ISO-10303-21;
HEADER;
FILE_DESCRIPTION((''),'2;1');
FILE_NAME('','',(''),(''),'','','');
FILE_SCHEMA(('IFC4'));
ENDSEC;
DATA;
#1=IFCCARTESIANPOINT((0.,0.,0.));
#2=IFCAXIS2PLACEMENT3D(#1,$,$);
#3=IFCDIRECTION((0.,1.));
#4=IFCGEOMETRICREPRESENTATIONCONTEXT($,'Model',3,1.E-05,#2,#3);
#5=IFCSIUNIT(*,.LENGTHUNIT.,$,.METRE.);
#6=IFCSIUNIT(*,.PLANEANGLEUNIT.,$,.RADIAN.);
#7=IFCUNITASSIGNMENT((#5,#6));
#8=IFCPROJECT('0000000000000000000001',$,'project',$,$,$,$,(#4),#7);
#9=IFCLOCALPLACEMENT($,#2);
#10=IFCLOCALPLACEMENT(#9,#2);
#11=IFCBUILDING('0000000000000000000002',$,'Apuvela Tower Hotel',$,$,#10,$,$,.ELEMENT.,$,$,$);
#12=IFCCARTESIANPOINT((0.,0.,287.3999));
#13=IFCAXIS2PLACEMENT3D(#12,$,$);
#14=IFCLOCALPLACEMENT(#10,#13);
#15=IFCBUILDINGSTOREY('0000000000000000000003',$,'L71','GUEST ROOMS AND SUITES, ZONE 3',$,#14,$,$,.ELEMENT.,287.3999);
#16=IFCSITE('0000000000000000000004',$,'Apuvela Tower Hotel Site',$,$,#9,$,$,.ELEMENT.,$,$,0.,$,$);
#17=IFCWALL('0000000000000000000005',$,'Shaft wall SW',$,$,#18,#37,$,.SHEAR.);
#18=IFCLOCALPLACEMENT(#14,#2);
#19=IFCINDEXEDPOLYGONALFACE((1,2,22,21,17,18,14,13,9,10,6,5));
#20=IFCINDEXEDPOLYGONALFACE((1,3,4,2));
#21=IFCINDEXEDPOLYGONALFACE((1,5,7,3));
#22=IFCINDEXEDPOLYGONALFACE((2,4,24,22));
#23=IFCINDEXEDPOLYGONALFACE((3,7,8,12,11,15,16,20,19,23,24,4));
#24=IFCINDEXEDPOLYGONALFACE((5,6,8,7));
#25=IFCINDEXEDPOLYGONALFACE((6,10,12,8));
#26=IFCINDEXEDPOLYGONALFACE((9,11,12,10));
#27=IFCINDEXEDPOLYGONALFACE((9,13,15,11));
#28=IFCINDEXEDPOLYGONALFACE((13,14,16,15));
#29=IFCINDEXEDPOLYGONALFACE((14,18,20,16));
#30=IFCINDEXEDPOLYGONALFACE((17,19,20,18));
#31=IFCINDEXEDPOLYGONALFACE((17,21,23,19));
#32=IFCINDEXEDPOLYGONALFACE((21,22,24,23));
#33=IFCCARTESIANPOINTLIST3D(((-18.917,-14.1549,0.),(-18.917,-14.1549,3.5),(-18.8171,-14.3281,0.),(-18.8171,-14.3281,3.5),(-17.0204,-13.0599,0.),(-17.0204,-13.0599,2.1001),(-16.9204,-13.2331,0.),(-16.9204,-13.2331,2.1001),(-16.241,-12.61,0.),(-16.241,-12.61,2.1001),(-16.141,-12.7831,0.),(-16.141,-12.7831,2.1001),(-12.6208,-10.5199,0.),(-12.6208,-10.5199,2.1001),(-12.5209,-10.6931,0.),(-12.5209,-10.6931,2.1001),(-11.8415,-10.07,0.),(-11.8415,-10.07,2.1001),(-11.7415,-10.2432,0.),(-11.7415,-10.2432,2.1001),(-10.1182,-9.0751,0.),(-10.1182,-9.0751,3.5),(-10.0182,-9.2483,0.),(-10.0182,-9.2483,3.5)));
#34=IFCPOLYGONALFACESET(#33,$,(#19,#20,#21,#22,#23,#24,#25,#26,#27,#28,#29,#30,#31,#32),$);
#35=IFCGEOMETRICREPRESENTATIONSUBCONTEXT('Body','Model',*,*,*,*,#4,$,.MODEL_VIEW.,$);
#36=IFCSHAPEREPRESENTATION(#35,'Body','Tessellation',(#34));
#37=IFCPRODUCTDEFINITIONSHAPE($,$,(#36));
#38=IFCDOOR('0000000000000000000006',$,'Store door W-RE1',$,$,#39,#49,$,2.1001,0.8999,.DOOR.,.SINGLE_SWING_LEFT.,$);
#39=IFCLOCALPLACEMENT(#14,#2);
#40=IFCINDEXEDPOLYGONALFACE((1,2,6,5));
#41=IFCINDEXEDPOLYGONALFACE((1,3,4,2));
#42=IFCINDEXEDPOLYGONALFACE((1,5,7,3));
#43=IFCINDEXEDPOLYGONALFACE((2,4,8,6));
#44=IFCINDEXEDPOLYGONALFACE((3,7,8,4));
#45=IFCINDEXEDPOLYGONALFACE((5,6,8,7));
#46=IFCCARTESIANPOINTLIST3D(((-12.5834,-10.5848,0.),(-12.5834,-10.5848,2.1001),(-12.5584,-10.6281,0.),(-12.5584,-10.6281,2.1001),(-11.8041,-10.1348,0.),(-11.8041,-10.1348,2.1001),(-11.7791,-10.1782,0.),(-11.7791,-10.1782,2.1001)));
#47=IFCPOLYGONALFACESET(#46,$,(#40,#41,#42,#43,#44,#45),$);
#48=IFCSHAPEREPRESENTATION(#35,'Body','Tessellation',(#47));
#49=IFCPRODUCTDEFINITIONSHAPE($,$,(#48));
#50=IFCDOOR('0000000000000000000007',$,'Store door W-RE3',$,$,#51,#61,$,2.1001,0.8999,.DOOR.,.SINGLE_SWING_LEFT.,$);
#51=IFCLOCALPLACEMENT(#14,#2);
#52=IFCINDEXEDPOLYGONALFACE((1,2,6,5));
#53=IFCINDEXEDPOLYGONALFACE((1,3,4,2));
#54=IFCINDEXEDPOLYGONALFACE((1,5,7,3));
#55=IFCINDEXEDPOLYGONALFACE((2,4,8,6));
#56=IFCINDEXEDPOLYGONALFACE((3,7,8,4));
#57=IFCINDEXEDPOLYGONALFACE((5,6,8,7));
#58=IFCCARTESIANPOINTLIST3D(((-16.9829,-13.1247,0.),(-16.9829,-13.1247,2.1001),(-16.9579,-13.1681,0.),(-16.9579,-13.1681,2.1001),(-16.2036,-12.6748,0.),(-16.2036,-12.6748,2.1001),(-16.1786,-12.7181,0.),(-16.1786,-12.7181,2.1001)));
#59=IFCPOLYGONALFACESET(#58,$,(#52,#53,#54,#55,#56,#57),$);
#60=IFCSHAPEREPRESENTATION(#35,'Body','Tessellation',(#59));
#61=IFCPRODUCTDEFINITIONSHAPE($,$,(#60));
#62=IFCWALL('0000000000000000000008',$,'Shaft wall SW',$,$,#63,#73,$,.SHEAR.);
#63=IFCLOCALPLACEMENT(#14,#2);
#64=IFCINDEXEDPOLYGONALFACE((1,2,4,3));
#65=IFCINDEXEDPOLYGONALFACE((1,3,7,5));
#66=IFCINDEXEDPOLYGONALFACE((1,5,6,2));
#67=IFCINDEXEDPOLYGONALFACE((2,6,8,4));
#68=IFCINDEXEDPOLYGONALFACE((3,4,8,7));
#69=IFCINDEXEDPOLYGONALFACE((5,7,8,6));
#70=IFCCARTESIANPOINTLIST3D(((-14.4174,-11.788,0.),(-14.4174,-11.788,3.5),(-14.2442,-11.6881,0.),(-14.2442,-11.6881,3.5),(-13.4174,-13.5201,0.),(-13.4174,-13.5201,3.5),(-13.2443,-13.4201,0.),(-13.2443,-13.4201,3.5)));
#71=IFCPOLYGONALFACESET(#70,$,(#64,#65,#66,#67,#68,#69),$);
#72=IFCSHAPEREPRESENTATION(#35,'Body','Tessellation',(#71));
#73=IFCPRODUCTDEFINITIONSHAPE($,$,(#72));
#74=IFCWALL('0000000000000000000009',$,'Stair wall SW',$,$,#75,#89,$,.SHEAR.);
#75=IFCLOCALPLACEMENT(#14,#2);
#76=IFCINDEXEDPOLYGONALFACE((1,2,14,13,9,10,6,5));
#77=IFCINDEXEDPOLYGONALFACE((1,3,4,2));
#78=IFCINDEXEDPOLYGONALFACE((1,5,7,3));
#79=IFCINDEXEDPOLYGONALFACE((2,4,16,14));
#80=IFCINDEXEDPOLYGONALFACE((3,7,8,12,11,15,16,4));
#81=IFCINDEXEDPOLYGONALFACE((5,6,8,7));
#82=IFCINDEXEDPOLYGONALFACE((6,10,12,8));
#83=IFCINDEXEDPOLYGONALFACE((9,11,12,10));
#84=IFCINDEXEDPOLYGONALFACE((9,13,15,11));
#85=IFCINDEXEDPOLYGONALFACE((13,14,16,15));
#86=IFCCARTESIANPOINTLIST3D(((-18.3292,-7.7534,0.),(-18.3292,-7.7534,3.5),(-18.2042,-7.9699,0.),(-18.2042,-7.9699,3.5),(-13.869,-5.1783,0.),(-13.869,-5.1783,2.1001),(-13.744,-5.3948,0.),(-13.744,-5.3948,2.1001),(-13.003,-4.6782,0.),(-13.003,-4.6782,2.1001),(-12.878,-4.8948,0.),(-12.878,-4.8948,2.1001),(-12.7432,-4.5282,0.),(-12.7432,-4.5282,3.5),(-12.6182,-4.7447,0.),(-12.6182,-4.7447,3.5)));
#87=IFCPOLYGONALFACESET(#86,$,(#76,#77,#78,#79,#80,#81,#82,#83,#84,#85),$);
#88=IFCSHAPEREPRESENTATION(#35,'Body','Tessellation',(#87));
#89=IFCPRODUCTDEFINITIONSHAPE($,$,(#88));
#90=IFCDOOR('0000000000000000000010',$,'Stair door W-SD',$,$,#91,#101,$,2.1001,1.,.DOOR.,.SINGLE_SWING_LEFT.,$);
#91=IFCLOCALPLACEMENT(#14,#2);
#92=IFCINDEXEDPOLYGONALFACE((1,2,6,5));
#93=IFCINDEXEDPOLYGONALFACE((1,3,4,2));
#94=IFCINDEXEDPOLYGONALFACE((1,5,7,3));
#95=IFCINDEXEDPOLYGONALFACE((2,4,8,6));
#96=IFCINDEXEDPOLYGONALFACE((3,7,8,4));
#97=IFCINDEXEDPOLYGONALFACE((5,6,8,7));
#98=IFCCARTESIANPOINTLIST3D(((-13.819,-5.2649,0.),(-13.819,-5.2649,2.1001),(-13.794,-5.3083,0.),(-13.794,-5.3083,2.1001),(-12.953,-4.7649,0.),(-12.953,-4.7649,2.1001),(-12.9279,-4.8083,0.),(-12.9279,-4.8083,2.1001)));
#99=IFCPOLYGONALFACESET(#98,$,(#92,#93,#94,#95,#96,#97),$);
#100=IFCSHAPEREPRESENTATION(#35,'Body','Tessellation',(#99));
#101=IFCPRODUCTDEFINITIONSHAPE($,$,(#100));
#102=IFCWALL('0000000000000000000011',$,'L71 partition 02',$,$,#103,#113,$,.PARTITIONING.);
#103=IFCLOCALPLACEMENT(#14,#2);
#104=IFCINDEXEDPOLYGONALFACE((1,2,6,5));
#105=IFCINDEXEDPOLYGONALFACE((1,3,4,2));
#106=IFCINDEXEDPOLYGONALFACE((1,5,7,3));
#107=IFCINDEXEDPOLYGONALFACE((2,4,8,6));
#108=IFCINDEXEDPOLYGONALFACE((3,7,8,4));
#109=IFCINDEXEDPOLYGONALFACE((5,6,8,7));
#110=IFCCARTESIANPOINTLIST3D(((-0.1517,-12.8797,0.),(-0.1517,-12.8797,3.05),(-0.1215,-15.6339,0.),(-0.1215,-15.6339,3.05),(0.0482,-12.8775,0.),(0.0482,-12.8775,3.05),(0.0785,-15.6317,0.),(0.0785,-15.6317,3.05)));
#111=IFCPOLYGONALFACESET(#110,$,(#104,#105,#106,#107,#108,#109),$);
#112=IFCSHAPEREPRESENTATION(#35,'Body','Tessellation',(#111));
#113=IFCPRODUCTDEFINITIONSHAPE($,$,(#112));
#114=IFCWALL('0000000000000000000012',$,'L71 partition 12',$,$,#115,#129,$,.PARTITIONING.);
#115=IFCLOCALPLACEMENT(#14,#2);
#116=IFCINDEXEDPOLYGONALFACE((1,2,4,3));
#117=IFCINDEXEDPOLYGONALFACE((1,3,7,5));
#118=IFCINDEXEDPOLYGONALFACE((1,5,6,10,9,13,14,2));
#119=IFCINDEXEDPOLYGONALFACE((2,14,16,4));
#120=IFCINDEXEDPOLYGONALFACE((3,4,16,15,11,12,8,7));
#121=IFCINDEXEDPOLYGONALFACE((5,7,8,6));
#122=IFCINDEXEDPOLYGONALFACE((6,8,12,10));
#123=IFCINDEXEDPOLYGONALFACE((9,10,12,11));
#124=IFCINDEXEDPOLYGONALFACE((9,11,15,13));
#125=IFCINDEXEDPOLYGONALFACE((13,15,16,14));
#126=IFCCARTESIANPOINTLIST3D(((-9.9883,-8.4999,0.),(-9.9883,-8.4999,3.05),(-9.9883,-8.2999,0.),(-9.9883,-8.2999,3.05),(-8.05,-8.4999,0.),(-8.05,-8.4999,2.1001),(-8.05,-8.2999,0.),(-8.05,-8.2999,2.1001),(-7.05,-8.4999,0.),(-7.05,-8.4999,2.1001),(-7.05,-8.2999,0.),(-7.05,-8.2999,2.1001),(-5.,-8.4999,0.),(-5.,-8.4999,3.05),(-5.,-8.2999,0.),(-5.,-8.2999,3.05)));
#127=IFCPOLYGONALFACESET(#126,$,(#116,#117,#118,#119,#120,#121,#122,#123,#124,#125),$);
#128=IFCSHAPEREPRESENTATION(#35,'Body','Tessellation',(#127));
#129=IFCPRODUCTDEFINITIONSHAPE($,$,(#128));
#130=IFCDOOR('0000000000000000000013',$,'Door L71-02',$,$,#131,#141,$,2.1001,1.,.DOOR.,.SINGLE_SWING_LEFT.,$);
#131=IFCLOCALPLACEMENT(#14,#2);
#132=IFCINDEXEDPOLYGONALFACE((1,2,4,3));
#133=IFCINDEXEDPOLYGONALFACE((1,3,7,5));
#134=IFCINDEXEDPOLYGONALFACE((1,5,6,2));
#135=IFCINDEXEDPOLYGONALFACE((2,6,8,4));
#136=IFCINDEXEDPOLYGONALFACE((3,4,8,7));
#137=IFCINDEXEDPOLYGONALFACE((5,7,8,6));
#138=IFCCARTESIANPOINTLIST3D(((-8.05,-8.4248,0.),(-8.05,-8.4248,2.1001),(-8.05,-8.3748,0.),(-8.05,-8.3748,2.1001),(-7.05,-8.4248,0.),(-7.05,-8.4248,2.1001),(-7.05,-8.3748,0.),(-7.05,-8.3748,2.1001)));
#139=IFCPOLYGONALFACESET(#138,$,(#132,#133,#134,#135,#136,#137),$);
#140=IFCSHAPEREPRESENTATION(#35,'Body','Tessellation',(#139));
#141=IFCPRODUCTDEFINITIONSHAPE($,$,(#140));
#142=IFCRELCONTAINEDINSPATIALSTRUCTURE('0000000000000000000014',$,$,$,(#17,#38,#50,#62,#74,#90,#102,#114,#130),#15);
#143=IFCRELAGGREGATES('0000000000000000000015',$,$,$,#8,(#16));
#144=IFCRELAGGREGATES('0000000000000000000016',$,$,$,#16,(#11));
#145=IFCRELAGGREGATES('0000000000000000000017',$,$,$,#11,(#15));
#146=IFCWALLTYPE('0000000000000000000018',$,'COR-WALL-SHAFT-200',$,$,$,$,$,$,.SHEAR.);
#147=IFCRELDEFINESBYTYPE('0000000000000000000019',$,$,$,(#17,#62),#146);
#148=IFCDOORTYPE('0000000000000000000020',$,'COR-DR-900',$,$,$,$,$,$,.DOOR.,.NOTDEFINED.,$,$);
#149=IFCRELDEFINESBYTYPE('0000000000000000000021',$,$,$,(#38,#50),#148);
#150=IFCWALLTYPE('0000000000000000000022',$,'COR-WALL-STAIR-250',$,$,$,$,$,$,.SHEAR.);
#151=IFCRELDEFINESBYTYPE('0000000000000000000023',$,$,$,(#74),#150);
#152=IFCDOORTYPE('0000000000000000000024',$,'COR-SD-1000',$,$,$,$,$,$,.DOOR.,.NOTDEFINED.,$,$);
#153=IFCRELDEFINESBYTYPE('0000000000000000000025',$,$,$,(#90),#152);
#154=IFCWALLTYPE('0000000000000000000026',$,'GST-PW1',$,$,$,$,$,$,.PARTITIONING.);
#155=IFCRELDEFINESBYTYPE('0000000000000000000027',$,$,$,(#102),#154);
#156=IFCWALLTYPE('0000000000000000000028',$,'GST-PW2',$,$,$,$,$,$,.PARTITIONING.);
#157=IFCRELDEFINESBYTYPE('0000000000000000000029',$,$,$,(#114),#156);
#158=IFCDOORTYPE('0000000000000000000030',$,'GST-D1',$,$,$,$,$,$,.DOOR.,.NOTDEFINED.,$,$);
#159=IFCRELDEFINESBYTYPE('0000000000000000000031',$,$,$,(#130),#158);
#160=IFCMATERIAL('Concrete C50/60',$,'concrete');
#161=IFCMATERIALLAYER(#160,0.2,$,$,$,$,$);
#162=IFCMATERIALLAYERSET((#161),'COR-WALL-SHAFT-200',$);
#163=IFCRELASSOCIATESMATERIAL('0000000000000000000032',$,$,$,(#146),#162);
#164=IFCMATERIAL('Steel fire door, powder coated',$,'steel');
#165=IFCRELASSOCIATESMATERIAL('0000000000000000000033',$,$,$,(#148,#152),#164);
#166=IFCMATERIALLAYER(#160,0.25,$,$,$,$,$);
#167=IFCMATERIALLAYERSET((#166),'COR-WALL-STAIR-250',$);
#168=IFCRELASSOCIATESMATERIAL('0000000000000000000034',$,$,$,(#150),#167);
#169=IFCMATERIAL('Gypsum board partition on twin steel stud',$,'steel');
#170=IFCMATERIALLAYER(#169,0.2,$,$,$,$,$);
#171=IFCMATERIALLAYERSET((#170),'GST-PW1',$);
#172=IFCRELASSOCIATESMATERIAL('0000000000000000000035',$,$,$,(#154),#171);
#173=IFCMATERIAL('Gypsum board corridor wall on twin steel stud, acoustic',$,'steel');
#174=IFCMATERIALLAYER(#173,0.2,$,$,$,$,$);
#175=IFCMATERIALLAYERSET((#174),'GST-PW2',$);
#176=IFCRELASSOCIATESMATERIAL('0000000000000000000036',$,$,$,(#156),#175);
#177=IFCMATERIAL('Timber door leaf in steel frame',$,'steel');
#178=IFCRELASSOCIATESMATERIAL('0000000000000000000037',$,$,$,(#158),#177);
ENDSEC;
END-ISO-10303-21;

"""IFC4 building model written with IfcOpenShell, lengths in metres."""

from ifc_helpers import new_model, si_unit, direction, frame, frame_2d, origin, place, context, subcontext, project, spatial, rectangle, extrude, material, layer, layer_set, type_object, element, fill, save


model = new_model("IFC4")

# Units and contexts
model_context = context("Model", 3, precision=1e-05, world=origin(), true_north=direction((0.0, 1.0)))
body_context = subcontext(model_context, "Body", "Model", "MODEL_VIEW")
ifc_project = project(units=[si_unit("LENGTHUNIT", "METRE"), si_unit("PLANEANGLEUNIT", "RADIAN")], contexts=[model_context])

# Site, building, storey
site_placement = place(None, origin())
site = spatial("IfcSite", under=ifc_project, at=site_placement, Name="Apuvela Tower Hotel Site", CompositionType="ELEMENT", RefElevation=0.0)
building_placement = place(site_placement, origin())
building = spatial("IfcBuilding", under=site, at=building_placement, Name="Apuvela Tower Hotel", CompositionType="ELEMENT")
storey_placement = place(building_placement, frame((0.0, 0.0, 287.3999)))
storey = spatial("IfcBuildingStorey", under=building, at=storey_placement, Name="L71", Description="GUEST ROOMS AND SUITES, ZONE 3", CompositionType="ELEMENT", Elevation=287.3999)

# Shared definitions
ifc_material_1 = material(Name="Concrete C50/60", Category="concrete")
ifc_material_2 = material(Name="Steel fire door, powder coated", Category="steel")

# Shared definitions
ifc_layer_1 = layer(ifc_material_1, 0.2)
ifc_layer_set_1 = layer_set([ifc_layer_1], Name="COR-WALL-SHAFT-200")
wall_type_1 = type_object("IfcWallType", Name="COR-WALL-SHAFT-200", PredefinedType="SHEAR", material=ifc_layer_set_1)

# Wall, openings, doors
wall_1_placement = place(storey_placement, frame((-10.0681, -9.1616, 0.0), z_axis=(0.0, 0.0, 1.0), x_axis=(-0.866033, -0.499987, 0.0)))
wall_1 = element("IfcWall", 1, at=wall_1_placement, inside=storey, type_object=wall_type_1, Name="Shaft wall SW", PredefinedType="SHEAR", context=body_context, shape_type="SweptSolid", body=[
    extrude(rectangle(XDim=10.1599, YDim=0.2, at=frame_2d((5.0801, 0.0))), origin(), (0.0, 0.0, 1.0), 3.5),
])
opening_1_placement = place(wall_1_placement, frame((1.99, 0.0, 0.0)))
opening_1 = element("IfcOpeningElement", 2, at=opening_1_placement, cuts=wall_1, PredefinedType="OPENING", context=body_context, shape_type="SweptSolid", body=[
    extrude(rectangle(XDim=0.8999, YDim=2.1001, at=frame_2d((0.45, 1.05))), frame((0.0, 0.1099, 0.0), z_axis=(0.0, -1.0, 0.0), x_axis=(1.0, 0.0, 0.0)), (0.0, 0.0, 1.0), 0.22),
])
opening_2_placement = place(wall_1_placement, frame((7.0701, 0.0, 0.0)))
opening_2 = element("IfcOpeningElement", 3, at=opening_2_placement, cuts=wall_1, PredefinedType="OPENING", context=body_context, shape_type="SweptSolid", body=[
    extrude(rectangle(XDim=0.8999, YDim=2.1001, at=frame_2d((0.45, 1.05))), frame((0.0, 0.1099, 0.0), z_axis=(0.0, -1.0, 0.0), x_axis=(1.0, 0.0, 0.0)), (0.0, 0.0, 1.0), 0.22),
])
door_type_1 = type_object("IfcDoorType", Name="COR-DR-900", OperationType="NOTDEFINED", PredefinedType="DOOR", material=ifc_material_2)
door_1_placement = place(opening_1_placement, origin())
door_1 = element("IfcDoor", 4, at=door_1_placement, inside=storey, type_object=door_type_1, Name="Store door W-RE1", OperationType="SINGLE_SWING_LEFT", OverallHeight=2.1001, OverallWidth=0.8999, PredefinedType="DOOR", context=body_context, shape_type="SweptSolid", body=[
    extrude(rectangle(XDim=0.8999, YDim=2.1001, at=frame_2d((0.45, 1.05))), frame((0.0, 0.0249, 0.0), z_axis=(0.0, -1.0, 0.0), x_axis=(1.0, 0.0, 0.0)), (0.0, 0.0, 1.0), 0.05),
])
fill(opening_1, door_1)
door_2_placement = place(opening_2_placement, origin())
door_2 = element("IfcDoor", 5, at=door_2_placement, inside=storey, type_object=door_type_1, Name="Store door W-RE3", OperationType="SINGLE_SWING_LEFT", OverallHeight=2.1001, OverallWidth=0.8999, PredefinedType="DOOR", context=body_context, shape_type="SweptSolid", body=[
    extrude(rectangle(XDim=0.8999, YDim=2.1001, at=frame_2d((0.45, 1.05))), frame((0.0, 0.0249, 0.0), z_axis=(0.0, -1.0, 0.0), x_axis=(1.0, 0.0, 0.0)), (0.0, 0.0, 1.0), 0.05),
])
fill(opening_2, door_2)

# Wall
wall_2_placement = place(storey_placement, frame((-14.3308, -11.738, 0.0), z_axis=(0.0, 0.0, 1.0), x_axis=(0.499973, -0.866041, 0.0)))
element("IfcWall", 6, at=wall_2_placement, inside=storey, type_object=wall_type_1, Name="Shaft wall SW", PredefinedType="SHEAR", context=body_context, shape_type="SweptSolid", body=[
    extrude(rectangle(XDim=2.0, YDim=0.2, at=frame_2d((1.0, 0.0))), origin(), (0.0, 0.0, 1.0), 3.5),
])

# Wall, opening, door
ifc_layer_2 = layer(ifc_material_1, 0.25)
ifc_layer_set_2 = layer_set([ifc_layer_2], Name="COR-WALL-STAIR-250")
wall_type_2 = type_object("IfcWallType", Name="COR-WALL-STAIR-250", PredefinedType="SHEAR", material=ifc_layer_set_2)
wall_3_placement = place(storey_placement, frame((-12.6807, -4.6365, 0.0), z_axis=(0.0, 0.0, 1.0), x_axis=(-0.866022, -0.500006, 0.0)))
wall_3 = element("IfcWall", 7, at=wall_3_placement, inside=storey, type_object=wall_type_2, Name="Stair wall SW", PredefinedType="SHEAR", context=body_context, shape_type="SweptSolid", body=[
    extrude(rectangle(XDim=6.4502, YDim=0.25, at=frame_2d((3.2251, 0.0))), origin(), (0.0, 0.0, 1.0), 3.5),
])
opening_3_placement = place(wall_3_placement, frame((0.3, 0.0, 0.0)))
opening_3 = element("IfcOpeningElement", 8, at=opening_3_placement, cuts=wall_3, PredefinedType="OPENING", context=body_context, shape_type="SweptSolid", body=[
    extrude(rectangle(XDim=1.0, YDim=2.1001, at=frame_2d((0.5, 1.05))), frame((0.0, 0.135, 0.0), z_axis=(0.0, -1.0, 0.0), x_axis=(1.0, 0.0, 0.0)), (0.0, 0.0, 1.0), 0.27),
])
door_type_2 = type_object("IfcDoorType", Name="COR-SD-1000", OperationType="NOTDEFINED", PredefinedType="DOOR", material=ifc_material_2)
door_3_placement = place(opening_3_placement, frame((1.0, 0.0, 0.0), z_axis=(0.0, 0.0, 1.0), x_axis=(-1.0, 0.0, 0.0)))
door_3 = element("IfcDoor", 9, at=door_3_placement, inside=storey, type_object=door_type_2, Name="Stair door W-SD", OperationType="SINGLE_SWING_LEFT", OverallHeight=2.1001, OverallWidth=1.0, PredefinedType="DOOR", context=body_context, shape_type="SweptSolid", body=[
    extrude(rectangle(XDim=1.0, YDim=2.1001, at=frame_2d((0.5, 1.05))), frame((0.0, 0.0249, 0.0), z_axis=(0.0, -1.0, 0.0), x_axis=(1.0, 0.0, 0.0)), (0.0, 0.0, 1.0), 0.05),
])
fill(opening_3, door_3)

# Wall
ifc_material_3 = material(Name="Gypsum board partition on twin steel stud", Category="steel")
ifc_layer_3 = layer(ifc_material_3, 0.2)
ifc_layer_set_3 = layer_set([ifc_layer_3], Name="GST-PW1")
wall_type_3 = type_object("IfcWallType", Name="GST-PW1", PredefinedType="PARTITIONING", material=ifc_layer_set_3)
wall_4_placement = place(storey_placement, frame((-0.0215, -15.6328, 0.0), z_axis=(0.0, 0.0, 1.0), x_axis=(-0.010991, 0.99994, 0.0)))
element("IfcWall", 10, at=wall_4_placement, inside=storey, type_object=wall_type_3, Name="L71 partition 02", PredefinedType="PARTITIONING", context=body_context, shape_type="SweptSolid", body=[
    extrude(rectangle(XDim=2.7544, YDim=0.2, at=frame_2d((1.3772, 0.0))), origin(), (0.0, 0.0, 1.0), 3.05),
])

# Wall, opening, door
ifc_material_4 = material(Name="Gypsum board corridor wall on twin steel stud, acoustic", Category="steel")
ifc_layer_4 = layer(ifc_material_4, 0.2)
ifc_layer_set_4 = layer_set([ifc_layer_4], Name="GST-PW2")
wall_type_4 = type_object("IfcWallType", Name="GST-PW2", PredefinedType="PARTITIONING", material=ifc_layer_set_4)
wall_5_placement = place(storey_placement, frame((-5.0, -8.3999, 0.0), z_axis=(0.0, 0.0, 1.0), x_axis=(-1.0, 0.0, 0.0)))
wall_5 = element("IfcWall", 11, at=wall_5_placement, inside=storey, type_object=wall_type_4, Name="L71 partition 12", PredefinedType="PARTITIONING", context=body_context, shape_type="SweptSolid", body=[
    extrude(rectangle(XDim=4.9883, YDim=0.2, at=frame_2d((2.4941, 0.0))), origin(), (0.0, 0.0, 1.0), 3.05),
])
opening_4_placement = place(wall_5_placement, frame((2.05, 0.0, 0.0)))
opening_4 = element("IfcOpeningElement", 12, at=opening_4_placement, cuts=wall_5, PredefinedType="OPENING", context=body_context, shape_type="SweptSolid", body=[
    extrude(rectangle(XDim=1.0, YDim=2.1001, at=frame_2d((0.5, 1.05))), frame((0.0, 0.1099, 0.0), z_axis=(0.0, -1.0, 0.0), x_axis=(1.0, 0.0, 0.0)), (0.0, 0.0, 1.0), 0.22),
])
ifc_material_5 = material(Name="Timber door leaf in steel frame", Category="steel")
door_type_3 = type_object("IfcDoorType", Name="GST-D1", OperationType="NOTDEFINED", PredefinedType="DOOR", material=ifc_material_5)
door_4_placement = place(opening_4_placement, origin())
door_4 = element("IfcDoor", 13, at=door_4_placement, inside=storey, type_object=door_type_3, Name="Door L71-02", OperationType="SINGLE_SWING_LEFT", OverallHeight=2.1001, OverallWidth=1.0, PredefinedType="DOOR", context=body_context, shape_type="SweptSolid", body=[
    extrude(rectangle(XDim=1.0, YDim=2.1001, at=frame_2d((0.5, 1.05))), frame((0.0, 0.0249, 0.0), z_axis=(0.0, -1.0, 0.0), x_axis=(1.0, 0.0, 0.0)), (0.0, 0.0, 1.0), 0.05),
])
fill(opening_4, door_4)

save(model, "model.ifc")
